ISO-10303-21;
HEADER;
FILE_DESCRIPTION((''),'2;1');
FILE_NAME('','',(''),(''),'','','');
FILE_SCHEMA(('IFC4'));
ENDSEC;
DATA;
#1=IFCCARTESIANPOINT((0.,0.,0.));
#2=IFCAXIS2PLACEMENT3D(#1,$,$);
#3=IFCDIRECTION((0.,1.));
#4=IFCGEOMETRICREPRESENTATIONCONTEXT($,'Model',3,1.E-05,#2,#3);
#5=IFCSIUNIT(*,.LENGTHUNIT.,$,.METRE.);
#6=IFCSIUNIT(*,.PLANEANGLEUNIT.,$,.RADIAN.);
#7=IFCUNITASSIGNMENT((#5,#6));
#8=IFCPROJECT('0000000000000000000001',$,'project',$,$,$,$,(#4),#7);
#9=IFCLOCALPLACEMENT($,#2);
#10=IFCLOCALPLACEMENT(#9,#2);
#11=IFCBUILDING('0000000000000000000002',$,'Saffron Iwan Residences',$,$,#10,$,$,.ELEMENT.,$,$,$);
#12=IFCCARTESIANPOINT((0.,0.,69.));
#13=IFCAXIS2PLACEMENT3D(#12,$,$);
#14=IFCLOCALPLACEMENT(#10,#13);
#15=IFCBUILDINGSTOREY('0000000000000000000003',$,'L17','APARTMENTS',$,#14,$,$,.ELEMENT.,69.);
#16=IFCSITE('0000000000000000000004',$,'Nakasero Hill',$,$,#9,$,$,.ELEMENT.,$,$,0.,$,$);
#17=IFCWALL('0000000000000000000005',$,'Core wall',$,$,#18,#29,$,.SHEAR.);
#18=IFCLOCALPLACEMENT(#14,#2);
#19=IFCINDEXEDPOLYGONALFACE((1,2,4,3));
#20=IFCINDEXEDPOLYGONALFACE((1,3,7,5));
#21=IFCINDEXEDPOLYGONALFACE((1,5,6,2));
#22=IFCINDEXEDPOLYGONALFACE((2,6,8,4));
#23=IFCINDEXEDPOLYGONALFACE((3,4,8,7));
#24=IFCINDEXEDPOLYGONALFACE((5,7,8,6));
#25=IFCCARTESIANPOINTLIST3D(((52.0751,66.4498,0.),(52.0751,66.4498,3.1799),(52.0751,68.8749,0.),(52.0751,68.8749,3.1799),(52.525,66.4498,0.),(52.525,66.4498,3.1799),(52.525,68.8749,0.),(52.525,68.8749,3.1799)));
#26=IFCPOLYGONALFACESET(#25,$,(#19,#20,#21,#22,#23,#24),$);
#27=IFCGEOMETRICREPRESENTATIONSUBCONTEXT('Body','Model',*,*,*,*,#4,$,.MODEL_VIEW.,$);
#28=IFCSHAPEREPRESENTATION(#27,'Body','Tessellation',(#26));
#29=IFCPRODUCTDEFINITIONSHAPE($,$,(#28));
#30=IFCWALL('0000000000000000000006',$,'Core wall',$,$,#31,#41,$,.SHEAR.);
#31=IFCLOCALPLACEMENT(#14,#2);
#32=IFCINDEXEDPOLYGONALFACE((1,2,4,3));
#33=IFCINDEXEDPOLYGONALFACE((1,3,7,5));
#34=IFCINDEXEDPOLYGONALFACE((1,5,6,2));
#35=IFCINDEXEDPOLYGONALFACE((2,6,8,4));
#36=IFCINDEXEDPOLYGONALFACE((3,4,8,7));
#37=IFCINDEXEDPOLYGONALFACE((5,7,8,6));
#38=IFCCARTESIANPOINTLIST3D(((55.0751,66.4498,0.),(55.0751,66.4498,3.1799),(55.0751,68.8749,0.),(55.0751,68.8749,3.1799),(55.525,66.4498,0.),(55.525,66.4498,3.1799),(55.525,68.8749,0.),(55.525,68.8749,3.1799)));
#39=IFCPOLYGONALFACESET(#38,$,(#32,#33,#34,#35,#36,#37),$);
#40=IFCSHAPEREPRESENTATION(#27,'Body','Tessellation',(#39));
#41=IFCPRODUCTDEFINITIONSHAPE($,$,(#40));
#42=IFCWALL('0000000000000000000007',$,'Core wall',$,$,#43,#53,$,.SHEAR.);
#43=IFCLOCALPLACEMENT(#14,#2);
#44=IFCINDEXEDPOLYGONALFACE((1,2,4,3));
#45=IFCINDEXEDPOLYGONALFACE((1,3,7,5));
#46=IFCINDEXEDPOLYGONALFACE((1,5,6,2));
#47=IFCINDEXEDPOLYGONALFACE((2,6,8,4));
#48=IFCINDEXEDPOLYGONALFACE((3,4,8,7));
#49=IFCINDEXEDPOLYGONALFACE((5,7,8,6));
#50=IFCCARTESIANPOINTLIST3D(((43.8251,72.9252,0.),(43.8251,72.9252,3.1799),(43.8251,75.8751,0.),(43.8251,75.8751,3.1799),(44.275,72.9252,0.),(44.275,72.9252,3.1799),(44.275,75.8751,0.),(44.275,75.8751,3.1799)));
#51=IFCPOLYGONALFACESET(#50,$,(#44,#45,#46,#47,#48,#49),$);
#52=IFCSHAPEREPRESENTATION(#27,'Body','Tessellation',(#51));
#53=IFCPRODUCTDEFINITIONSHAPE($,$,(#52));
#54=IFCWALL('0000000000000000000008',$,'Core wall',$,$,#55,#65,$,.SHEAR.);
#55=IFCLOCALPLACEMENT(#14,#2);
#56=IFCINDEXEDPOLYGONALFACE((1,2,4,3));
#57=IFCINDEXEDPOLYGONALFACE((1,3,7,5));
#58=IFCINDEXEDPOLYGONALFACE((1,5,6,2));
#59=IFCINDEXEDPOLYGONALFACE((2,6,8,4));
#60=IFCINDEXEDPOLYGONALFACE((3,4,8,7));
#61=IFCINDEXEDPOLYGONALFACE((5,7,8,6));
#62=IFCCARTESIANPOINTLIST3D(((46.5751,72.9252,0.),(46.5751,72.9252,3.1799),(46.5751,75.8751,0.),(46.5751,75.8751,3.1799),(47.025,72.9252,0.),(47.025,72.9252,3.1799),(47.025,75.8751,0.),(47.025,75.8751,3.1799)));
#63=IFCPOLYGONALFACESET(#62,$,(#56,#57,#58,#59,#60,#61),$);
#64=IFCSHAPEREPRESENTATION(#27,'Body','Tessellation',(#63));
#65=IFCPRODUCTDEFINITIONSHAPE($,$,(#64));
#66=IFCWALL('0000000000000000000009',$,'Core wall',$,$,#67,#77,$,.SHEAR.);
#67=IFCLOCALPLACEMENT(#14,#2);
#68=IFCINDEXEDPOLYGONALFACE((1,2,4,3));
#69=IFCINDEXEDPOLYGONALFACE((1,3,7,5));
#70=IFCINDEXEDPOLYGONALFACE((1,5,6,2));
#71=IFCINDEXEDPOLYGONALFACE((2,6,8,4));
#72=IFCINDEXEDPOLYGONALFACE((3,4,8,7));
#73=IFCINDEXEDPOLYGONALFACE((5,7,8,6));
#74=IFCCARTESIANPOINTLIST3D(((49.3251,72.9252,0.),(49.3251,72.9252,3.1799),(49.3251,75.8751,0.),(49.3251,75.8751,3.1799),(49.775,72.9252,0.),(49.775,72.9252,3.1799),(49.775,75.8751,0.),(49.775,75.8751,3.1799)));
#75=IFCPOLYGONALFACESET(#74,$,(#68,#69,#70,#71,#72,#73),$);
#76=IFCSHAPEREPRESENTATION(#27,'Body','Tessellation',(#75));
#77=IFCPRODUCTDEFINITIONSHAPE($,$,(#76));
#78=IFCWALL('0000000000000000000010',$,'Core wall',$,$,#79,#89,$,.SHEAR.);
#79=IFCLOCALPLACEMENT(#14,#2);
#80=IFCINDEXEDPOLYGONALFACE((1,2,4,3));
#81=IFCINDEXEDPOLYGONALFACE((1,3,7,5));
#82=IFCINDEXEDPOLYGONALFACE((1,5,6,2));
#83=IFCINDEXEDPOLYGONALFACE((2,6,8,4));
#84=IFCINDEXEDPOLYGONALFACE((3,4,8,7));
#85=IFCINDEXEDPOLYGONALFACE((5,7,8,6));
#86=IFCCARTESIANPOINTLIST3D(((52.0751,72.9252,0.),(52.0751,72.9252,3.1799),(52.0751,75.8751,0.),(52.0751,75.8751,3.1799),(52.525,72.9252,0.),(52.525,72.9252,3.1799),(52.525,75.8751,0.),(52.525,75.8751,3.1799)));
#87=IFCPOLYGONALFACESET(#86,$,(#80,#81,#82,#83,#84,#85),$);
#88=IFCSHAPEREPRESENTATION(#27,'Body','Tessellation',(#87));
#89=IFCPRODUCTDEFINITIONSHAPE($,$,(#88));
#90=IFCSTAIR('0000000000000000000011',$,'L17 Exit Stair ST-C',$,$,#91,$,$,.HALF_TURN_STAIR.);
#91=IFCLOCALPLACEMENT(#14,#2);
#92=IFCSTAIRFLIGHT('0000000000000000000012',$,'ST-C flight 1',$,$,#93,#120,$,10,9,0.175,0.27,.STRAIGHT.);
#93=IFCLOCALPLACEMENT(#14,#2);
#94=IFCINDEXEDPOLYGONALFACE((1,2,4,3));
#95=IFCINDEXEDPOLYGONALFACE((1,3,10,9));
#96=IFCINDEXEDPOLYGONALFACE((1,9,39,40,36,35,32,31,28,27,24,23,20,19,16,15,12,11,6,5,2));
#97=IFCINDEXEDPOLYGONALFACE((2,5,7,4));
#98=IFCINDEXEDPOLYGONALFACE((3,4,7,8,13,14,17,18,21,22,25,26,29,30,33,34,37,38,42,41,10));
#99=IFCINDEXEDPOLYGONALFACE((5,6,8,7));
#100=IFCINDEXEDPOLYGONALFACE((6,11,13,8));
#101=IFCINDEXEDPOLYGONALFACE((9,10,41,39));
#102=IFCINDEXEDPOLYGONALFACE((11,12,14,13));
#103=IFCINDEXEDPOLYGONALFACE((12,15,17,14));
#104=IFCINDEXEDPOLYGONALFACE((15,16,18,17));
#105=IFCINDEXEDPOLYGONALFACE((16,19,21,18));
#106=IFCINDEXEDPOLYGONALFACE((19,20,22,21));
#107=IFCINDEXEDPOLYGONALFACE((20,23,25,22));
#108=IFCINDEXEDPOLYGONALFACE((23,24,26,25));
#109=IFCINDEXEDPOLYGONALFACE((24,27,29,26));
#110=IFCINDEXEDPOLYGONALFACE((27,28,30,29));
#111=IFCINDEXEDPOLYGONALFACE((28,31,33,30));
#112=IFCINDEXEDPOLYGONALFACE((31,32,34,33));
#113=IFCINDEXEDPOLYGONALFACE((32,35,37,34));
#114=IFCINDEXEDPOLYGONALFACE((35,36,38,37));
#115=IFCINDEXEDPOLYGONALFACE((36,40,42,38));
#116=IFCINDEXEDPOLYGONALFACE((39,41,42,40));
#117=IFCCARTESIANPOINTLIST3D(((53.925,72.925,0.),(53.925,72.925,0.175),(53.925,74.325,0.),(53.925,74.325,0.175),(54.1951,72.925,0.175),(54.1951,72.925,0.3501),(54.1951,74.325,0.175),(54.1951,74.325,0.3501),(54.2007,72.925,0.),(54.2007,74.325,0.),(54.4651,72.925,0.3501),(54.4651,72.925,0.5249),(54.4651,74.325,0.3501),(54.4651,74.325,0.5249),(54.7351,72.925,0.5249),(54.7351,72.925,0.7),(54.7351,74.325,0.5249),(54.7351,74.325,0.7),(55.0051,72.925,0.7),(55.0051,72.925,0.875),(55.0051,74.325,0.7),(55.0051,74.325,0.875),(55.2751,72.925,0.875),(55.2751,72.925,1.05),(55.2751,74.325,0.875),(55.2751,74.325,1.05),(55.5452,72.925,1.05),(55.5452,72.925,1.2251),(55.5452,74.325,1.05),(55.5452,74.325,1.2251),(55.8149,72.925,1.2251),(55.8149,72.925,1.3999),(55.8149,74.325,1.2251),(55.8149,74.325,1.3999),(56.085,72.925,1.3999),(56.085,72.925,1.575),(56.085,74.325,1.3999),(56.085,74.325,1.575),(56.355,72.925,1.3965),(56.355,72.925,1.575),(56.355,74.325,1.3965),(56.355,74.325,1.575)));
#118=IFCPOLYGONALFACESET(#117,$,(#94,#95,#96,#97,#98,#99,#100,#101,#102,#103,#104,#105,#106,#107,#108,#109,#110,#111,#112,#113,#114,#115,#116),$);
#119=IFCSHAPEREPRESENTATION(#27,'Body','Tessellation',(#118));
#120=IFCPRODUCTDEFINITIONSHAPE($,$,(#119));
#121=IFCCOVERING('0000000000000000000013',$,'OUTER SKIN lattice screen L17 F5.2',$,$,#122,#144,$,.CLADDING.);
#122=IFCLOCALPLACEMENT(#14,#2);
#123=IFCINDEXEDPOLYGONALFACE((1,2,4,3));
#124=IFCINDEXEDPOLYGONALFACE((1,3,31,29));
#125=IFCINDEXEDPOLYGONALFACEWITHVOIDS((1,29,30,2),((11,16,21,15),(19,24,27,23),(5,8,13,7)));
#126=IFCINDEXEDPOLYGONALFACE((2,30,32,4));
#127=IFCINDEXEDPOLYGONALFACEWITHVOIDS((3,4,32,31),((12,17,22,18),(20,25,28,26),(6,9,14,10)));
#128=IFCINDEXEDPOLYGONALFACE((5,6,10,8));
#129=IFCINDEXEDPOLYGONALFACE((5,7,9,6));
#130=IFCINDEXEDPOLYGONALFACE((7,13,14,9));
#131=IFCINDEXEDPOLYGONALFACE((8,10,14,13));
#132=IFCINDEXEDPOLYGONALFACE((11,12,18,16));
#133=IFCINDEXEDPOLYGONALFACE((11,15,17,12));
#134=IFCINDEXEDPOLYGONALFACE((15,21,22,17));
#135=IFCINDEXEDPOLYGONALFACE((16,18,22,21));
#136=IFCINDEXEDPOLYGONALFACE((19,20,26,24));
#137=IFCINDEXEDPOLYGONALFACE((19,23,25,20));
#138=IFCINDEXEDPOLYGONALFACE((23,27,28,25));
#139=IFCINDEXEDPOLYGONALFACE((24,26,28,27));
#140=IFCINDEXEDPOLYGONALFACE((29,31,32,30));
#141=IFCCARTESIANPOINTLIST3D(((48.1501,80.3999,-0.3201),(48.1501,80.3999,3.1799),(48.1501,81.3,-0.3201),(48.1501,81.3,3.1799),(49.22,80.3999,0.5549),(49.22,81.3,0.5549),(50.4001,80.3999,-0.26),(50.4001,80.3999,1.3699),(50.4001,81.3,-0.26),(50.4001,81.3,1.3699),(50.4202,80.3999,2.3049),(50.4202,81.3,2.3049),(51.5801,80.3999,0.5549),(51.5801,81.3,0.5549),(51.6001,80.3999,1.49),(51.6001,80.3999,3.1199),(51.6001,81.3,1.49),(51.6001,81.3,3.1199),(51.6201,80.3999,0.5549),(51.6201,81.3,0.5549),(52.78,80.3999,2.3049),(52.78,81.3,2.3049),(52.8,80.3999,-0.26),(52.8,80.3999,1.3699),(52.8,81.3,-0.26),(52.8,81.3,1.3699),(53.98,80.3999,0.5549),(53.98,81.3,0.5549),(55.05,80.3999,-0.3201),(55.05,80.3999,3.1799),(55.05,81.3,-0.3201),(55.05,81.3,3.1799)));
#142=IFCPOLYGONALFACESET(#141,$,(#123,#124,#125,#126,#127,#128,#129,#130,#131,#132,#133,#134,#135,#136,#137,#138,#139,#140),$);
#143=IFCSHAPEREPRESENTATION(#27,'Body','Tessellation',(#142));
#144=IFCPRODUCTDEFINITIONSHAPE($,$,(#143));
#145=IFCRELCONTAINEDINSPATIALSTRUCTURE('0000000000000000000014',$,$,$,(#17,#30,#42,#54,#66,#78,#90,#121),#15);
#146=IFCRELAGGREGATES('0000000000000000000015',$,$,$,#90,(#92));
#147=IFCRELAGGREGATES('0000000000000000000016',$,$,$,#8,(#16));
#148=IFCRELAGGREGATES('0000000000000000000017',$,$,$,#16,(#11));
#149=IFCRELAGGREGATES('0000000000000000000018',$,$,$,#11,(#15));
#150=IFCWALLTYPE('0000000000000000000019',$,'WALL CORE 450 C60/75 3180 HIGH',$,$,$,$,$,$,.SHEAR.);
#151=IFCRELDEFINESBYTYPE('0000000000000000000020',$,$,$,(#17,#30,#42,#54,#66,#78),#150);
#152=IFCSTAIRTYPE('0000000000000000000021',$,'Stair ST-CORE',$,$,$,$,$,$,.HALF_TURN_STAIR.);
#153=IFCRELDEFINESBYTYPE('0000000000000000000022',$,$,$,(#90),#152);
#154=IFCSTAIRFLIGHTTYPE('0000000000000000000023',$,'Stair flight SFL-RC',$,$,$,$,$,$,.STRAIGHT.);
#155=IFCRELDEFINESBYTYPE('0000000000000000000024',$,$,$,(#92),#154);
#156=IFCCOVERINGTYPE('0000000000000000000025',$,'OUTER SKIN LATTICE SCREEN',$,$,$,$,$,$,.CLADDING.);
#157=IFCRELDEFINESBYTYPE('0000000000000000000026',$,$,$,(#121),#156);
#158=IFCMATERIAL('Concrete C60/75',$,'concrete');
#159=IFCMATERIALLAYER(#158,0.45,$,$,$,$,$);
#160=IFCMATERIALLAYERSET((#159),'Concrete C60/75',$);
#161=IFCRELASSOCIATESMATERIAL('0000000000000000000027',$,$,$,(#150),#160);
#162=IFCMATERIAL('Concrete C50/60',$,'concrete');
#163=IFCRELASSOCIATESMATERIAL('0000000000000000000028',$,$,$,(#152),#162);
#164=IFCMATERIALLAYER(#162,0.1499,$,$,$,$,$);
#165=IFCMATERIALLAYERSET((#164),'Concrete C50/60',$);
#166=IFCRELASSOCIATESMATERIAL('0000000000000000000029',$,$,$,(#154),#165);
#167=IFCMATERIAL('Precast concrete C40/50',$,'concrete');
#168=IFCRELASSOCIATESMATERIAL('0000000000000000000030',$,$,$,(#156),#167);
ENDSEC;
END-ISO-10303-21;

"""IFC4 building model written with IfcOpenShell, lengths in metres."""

from ifc_helpers import new_model, si_unit, direction, frame, frame_2d, origin, place, context, subcontext, project, spatial, polyline, rectangle, outline, extrude, material, layer, layer_set, type_object, element, aggregate, save


model = new_model("IFC4")

# Units and contexts
model_context = context("Model", 3, precision=1e-05, world=origin(), true_north=direction((0.0, 1.0)))
body_context = subcontext(model_context, "Body", "Model", "MODEL_VIEW")
ifc_project = project(units=[si_unit("LENGTHUNIT", "METRE"), si_unit("PLANEANGLEUNIT", "RADIAN")], contexts=[model_context])

# Site, building, storey
site_placement = place(None, origin())
site = spatial("IfcSite", under=ifc_project, at=site_placement, Name="Nakasero Hill", CompositionType="ELEMENT", RefElevation=0.0)
building_placement = place(site_placement, origin())
building = spatial("IfcBuilding", under=site, at=building_placement, Name="Saffron Iwan Residences", CompositionType="ELEMENT")
storey_placement = place(building_placement, frame((0.0, 0.0, 69.0)))
storey = spatial("IfcBuildingStorey", under=building, at=storey_placement, Name="L17", Description="APARTMENTS", CompositionType="ELEMENT", Elevation=69.0)

# Shared definitions
ifc_material_1 = material(Name="Concrete C60/75", Category="concrete")

# Walls
ifc_layer_1 = layer(ifc_material_1, 0.45)
ifc_layer_set_1 = layer_set([ifc_layer_1], Name="Concrete C60/75")
wall_type_1 = type_object("IfcWallType", Name="WALL CORE 450 C60/75 3180 HIGH", PredefinedType="SHEAR", material=ifc_layer_set_1)
for number, where, z_axis, x_axis, name in (
    (1, (52.3, 66.45, 0.0), (0.0, 0.0, 1.0), (0.0, 1.0, 0.0), "Core wall"),
    (2, (55.3, 66.45, 0.0), (0.0, 0.0, 1.0), (0.0, 1.0, 0.0), "Core wall"),
):
    element("IfcWall", number, at=place(storey_placement, frame(where, z_axis=z_axis, x_axis=x_axis)), inside=storey, type_object=wall_type_1, Name=name, PredefinedType="SHEAR", context=body_context, shape_type="SweptSolid", body=[
        extrude(rectangle(XDim=2.425, YDim=0.45, at=frame_2d((1.2124, 0.0))), origin(), (0.0, 0.0, 1.0), 3.1799),
    ])
for number, where, z_axis, x_axis, name in (
    (3, (44.05, 72.925, 0.0), (0.0, 0.0, 1.0), (0.0, 1.0, 0.0), "Core wall"),
    (4, (46.8, 72.925, 0.0), (0.0, 0.0, 1.0), (0.0, 1.0, 0.0), "Core wall"),
    (5, (49.55, 72.925, 0.0), (0.0, 0.0, 1.0), (0.0, 1.0, 0.0), "Core wall"),
    (6, (52.3, 72.925, 0.0), (0.0, 0.0, 1.0), (0.0, 1.0, 0.0), "Core wall"),
):
    element("IfcWall", number, at=place(storey_placement, frame(where, z_axis=z_axis, x_axis=x_axis)), inside=storey, type_object=wall_type_1, Name=name, PredefinedType="SHEAR", context=body_context, shape_type="SweptSolid", body=[
        extrude(rectangle(XDim=2.95, YDim=0.45, at=frame_2d((1.4751, 0.0))), origin(), (0.0, 0.0, 1.0), 3.1799),
    ])

# Stair, stair flight
ifc_material_2 = material(Name="Concrete C50/60", Category="concrete")
stair_type = type_object("IfcStairType", Name="Stair ST-CORE", PredefinedType="HALF_TURN_STAIR", material=ifc_material_2)
stair_placement = place(storey_placement, origin())
stair = element("IfcStair", 7, at=stair_placement, inside=storey, type_object=stair_type, Name="L17 Exit Stair ST-C", PredefinedType="HALF_TURN_STAIR")
ifc_layer_2 = layer(ifc_material_2, 0.1499)
ifc_layer_set_2 = layer_set([ifc_layer_2], Name="Concrete C50/60")
stair_flight_type = type_object("IfcStairFlightType", Name="Stair flight SFL-RC", PredefinedType="STRAIGHT", material=ifc_layer_set_2)
stair_flight_placement = place(storey_placement, frame((53.925, 73.625, 0.0), z_axis=(0.0, 0.0, 1.0), x_axis=(1.0, 0.0, 0.0)))
stair_flight = element("IfcStairFlight", 8, at=stair_flight_placement, type_object=stair_flight_type, Name="ST-C flight 1", NumberOfRisers=10, NumberOfTreads=9, PredefinedType="STRAIGHT", RiserHeight=0.175, TreadLength=0.27, context=body_context, shape_type="SweptSolid", body=[
    extrude(outline(polyline([(0.0, 0.0), (0.0, 0.175), (0.27, 0.175), (0.27, 0.3501), (0.54, 0.3501), (0.54, 0.5249), (0.8101, 0.5249), (0.8101, 0.7), (1.0801, 0.7), (1.0801, 0.875), (1.3501, 0.875), (1.3501, 1.05), (1.6201, 1.05), (1.6201, 1.2251), (1.8899, 1.2251), (1.8899, 1.3999), (2.1599, 1.3999), (2.1599, 1.575), (2.4299, 1.575), (2.4299, 1.75), (2.4299, 1.3965), (0.2756, 0.0), (0.0, 0.0)])), frame((0.0, 0.7, 0.0), z_axis=(0.0, -1.0, 0.0), x_axis=(1.0, 0.0, 0.0)), (0.0, 0.0, 1.0), 1.3999),
])
aggregate(stair, [stair_flight])

# Covering
ifc_material_3 = material(Name="Precast concrete C40/50", Category="concrete")
covering_type_1 = type_object("IfcCoveringType", Name="OUTER SKIN LATTICE SCREEN", PredefinedType="CLADDING", material=ifc_material_3)
covering_1_placement = place(storey_placement, frame((55.05, 80.3999, -0.3201), z_axis=(0.0, 1.0, 0.0), x_axis=(-1.0, 0.0, 0.0)))
element("IfcCovering", 9, at=covering_1_placement, inside=storey, type_object=covering_type_1, Name="OUTER SKIN lattice screen L17 F5.2", PredefinedType="CLADDING", context=body_context, shape_type="SweptSolid", body=[
    extrude(outline(polyline([(0.0, 0.0), (6.8999, 0.0), (6.8999, 3.5), (0.0, 3.5), (0.0, 0.0)]), holes=[polyline([(1.0701, 0.875), (2.25, 0.0601), (3.4299, 0.875), (2.25, 1.6899), (1.0701, 0.875)]), polyline([(3.47, 0.875), (4.6499, 0.0601), (5.8301, 0.875), (4.6499, 1.6899), (3.47, 0.875)]), polyline([(2.27, 2.625), (3.45, 1.8101), (4.6299, 2.625), (3.45, 3.4399), (2.27, 2.625)])]), origin(), (0.0, 0.0, 1.0), 0.9001),
])

save(model, "model.ifc")
